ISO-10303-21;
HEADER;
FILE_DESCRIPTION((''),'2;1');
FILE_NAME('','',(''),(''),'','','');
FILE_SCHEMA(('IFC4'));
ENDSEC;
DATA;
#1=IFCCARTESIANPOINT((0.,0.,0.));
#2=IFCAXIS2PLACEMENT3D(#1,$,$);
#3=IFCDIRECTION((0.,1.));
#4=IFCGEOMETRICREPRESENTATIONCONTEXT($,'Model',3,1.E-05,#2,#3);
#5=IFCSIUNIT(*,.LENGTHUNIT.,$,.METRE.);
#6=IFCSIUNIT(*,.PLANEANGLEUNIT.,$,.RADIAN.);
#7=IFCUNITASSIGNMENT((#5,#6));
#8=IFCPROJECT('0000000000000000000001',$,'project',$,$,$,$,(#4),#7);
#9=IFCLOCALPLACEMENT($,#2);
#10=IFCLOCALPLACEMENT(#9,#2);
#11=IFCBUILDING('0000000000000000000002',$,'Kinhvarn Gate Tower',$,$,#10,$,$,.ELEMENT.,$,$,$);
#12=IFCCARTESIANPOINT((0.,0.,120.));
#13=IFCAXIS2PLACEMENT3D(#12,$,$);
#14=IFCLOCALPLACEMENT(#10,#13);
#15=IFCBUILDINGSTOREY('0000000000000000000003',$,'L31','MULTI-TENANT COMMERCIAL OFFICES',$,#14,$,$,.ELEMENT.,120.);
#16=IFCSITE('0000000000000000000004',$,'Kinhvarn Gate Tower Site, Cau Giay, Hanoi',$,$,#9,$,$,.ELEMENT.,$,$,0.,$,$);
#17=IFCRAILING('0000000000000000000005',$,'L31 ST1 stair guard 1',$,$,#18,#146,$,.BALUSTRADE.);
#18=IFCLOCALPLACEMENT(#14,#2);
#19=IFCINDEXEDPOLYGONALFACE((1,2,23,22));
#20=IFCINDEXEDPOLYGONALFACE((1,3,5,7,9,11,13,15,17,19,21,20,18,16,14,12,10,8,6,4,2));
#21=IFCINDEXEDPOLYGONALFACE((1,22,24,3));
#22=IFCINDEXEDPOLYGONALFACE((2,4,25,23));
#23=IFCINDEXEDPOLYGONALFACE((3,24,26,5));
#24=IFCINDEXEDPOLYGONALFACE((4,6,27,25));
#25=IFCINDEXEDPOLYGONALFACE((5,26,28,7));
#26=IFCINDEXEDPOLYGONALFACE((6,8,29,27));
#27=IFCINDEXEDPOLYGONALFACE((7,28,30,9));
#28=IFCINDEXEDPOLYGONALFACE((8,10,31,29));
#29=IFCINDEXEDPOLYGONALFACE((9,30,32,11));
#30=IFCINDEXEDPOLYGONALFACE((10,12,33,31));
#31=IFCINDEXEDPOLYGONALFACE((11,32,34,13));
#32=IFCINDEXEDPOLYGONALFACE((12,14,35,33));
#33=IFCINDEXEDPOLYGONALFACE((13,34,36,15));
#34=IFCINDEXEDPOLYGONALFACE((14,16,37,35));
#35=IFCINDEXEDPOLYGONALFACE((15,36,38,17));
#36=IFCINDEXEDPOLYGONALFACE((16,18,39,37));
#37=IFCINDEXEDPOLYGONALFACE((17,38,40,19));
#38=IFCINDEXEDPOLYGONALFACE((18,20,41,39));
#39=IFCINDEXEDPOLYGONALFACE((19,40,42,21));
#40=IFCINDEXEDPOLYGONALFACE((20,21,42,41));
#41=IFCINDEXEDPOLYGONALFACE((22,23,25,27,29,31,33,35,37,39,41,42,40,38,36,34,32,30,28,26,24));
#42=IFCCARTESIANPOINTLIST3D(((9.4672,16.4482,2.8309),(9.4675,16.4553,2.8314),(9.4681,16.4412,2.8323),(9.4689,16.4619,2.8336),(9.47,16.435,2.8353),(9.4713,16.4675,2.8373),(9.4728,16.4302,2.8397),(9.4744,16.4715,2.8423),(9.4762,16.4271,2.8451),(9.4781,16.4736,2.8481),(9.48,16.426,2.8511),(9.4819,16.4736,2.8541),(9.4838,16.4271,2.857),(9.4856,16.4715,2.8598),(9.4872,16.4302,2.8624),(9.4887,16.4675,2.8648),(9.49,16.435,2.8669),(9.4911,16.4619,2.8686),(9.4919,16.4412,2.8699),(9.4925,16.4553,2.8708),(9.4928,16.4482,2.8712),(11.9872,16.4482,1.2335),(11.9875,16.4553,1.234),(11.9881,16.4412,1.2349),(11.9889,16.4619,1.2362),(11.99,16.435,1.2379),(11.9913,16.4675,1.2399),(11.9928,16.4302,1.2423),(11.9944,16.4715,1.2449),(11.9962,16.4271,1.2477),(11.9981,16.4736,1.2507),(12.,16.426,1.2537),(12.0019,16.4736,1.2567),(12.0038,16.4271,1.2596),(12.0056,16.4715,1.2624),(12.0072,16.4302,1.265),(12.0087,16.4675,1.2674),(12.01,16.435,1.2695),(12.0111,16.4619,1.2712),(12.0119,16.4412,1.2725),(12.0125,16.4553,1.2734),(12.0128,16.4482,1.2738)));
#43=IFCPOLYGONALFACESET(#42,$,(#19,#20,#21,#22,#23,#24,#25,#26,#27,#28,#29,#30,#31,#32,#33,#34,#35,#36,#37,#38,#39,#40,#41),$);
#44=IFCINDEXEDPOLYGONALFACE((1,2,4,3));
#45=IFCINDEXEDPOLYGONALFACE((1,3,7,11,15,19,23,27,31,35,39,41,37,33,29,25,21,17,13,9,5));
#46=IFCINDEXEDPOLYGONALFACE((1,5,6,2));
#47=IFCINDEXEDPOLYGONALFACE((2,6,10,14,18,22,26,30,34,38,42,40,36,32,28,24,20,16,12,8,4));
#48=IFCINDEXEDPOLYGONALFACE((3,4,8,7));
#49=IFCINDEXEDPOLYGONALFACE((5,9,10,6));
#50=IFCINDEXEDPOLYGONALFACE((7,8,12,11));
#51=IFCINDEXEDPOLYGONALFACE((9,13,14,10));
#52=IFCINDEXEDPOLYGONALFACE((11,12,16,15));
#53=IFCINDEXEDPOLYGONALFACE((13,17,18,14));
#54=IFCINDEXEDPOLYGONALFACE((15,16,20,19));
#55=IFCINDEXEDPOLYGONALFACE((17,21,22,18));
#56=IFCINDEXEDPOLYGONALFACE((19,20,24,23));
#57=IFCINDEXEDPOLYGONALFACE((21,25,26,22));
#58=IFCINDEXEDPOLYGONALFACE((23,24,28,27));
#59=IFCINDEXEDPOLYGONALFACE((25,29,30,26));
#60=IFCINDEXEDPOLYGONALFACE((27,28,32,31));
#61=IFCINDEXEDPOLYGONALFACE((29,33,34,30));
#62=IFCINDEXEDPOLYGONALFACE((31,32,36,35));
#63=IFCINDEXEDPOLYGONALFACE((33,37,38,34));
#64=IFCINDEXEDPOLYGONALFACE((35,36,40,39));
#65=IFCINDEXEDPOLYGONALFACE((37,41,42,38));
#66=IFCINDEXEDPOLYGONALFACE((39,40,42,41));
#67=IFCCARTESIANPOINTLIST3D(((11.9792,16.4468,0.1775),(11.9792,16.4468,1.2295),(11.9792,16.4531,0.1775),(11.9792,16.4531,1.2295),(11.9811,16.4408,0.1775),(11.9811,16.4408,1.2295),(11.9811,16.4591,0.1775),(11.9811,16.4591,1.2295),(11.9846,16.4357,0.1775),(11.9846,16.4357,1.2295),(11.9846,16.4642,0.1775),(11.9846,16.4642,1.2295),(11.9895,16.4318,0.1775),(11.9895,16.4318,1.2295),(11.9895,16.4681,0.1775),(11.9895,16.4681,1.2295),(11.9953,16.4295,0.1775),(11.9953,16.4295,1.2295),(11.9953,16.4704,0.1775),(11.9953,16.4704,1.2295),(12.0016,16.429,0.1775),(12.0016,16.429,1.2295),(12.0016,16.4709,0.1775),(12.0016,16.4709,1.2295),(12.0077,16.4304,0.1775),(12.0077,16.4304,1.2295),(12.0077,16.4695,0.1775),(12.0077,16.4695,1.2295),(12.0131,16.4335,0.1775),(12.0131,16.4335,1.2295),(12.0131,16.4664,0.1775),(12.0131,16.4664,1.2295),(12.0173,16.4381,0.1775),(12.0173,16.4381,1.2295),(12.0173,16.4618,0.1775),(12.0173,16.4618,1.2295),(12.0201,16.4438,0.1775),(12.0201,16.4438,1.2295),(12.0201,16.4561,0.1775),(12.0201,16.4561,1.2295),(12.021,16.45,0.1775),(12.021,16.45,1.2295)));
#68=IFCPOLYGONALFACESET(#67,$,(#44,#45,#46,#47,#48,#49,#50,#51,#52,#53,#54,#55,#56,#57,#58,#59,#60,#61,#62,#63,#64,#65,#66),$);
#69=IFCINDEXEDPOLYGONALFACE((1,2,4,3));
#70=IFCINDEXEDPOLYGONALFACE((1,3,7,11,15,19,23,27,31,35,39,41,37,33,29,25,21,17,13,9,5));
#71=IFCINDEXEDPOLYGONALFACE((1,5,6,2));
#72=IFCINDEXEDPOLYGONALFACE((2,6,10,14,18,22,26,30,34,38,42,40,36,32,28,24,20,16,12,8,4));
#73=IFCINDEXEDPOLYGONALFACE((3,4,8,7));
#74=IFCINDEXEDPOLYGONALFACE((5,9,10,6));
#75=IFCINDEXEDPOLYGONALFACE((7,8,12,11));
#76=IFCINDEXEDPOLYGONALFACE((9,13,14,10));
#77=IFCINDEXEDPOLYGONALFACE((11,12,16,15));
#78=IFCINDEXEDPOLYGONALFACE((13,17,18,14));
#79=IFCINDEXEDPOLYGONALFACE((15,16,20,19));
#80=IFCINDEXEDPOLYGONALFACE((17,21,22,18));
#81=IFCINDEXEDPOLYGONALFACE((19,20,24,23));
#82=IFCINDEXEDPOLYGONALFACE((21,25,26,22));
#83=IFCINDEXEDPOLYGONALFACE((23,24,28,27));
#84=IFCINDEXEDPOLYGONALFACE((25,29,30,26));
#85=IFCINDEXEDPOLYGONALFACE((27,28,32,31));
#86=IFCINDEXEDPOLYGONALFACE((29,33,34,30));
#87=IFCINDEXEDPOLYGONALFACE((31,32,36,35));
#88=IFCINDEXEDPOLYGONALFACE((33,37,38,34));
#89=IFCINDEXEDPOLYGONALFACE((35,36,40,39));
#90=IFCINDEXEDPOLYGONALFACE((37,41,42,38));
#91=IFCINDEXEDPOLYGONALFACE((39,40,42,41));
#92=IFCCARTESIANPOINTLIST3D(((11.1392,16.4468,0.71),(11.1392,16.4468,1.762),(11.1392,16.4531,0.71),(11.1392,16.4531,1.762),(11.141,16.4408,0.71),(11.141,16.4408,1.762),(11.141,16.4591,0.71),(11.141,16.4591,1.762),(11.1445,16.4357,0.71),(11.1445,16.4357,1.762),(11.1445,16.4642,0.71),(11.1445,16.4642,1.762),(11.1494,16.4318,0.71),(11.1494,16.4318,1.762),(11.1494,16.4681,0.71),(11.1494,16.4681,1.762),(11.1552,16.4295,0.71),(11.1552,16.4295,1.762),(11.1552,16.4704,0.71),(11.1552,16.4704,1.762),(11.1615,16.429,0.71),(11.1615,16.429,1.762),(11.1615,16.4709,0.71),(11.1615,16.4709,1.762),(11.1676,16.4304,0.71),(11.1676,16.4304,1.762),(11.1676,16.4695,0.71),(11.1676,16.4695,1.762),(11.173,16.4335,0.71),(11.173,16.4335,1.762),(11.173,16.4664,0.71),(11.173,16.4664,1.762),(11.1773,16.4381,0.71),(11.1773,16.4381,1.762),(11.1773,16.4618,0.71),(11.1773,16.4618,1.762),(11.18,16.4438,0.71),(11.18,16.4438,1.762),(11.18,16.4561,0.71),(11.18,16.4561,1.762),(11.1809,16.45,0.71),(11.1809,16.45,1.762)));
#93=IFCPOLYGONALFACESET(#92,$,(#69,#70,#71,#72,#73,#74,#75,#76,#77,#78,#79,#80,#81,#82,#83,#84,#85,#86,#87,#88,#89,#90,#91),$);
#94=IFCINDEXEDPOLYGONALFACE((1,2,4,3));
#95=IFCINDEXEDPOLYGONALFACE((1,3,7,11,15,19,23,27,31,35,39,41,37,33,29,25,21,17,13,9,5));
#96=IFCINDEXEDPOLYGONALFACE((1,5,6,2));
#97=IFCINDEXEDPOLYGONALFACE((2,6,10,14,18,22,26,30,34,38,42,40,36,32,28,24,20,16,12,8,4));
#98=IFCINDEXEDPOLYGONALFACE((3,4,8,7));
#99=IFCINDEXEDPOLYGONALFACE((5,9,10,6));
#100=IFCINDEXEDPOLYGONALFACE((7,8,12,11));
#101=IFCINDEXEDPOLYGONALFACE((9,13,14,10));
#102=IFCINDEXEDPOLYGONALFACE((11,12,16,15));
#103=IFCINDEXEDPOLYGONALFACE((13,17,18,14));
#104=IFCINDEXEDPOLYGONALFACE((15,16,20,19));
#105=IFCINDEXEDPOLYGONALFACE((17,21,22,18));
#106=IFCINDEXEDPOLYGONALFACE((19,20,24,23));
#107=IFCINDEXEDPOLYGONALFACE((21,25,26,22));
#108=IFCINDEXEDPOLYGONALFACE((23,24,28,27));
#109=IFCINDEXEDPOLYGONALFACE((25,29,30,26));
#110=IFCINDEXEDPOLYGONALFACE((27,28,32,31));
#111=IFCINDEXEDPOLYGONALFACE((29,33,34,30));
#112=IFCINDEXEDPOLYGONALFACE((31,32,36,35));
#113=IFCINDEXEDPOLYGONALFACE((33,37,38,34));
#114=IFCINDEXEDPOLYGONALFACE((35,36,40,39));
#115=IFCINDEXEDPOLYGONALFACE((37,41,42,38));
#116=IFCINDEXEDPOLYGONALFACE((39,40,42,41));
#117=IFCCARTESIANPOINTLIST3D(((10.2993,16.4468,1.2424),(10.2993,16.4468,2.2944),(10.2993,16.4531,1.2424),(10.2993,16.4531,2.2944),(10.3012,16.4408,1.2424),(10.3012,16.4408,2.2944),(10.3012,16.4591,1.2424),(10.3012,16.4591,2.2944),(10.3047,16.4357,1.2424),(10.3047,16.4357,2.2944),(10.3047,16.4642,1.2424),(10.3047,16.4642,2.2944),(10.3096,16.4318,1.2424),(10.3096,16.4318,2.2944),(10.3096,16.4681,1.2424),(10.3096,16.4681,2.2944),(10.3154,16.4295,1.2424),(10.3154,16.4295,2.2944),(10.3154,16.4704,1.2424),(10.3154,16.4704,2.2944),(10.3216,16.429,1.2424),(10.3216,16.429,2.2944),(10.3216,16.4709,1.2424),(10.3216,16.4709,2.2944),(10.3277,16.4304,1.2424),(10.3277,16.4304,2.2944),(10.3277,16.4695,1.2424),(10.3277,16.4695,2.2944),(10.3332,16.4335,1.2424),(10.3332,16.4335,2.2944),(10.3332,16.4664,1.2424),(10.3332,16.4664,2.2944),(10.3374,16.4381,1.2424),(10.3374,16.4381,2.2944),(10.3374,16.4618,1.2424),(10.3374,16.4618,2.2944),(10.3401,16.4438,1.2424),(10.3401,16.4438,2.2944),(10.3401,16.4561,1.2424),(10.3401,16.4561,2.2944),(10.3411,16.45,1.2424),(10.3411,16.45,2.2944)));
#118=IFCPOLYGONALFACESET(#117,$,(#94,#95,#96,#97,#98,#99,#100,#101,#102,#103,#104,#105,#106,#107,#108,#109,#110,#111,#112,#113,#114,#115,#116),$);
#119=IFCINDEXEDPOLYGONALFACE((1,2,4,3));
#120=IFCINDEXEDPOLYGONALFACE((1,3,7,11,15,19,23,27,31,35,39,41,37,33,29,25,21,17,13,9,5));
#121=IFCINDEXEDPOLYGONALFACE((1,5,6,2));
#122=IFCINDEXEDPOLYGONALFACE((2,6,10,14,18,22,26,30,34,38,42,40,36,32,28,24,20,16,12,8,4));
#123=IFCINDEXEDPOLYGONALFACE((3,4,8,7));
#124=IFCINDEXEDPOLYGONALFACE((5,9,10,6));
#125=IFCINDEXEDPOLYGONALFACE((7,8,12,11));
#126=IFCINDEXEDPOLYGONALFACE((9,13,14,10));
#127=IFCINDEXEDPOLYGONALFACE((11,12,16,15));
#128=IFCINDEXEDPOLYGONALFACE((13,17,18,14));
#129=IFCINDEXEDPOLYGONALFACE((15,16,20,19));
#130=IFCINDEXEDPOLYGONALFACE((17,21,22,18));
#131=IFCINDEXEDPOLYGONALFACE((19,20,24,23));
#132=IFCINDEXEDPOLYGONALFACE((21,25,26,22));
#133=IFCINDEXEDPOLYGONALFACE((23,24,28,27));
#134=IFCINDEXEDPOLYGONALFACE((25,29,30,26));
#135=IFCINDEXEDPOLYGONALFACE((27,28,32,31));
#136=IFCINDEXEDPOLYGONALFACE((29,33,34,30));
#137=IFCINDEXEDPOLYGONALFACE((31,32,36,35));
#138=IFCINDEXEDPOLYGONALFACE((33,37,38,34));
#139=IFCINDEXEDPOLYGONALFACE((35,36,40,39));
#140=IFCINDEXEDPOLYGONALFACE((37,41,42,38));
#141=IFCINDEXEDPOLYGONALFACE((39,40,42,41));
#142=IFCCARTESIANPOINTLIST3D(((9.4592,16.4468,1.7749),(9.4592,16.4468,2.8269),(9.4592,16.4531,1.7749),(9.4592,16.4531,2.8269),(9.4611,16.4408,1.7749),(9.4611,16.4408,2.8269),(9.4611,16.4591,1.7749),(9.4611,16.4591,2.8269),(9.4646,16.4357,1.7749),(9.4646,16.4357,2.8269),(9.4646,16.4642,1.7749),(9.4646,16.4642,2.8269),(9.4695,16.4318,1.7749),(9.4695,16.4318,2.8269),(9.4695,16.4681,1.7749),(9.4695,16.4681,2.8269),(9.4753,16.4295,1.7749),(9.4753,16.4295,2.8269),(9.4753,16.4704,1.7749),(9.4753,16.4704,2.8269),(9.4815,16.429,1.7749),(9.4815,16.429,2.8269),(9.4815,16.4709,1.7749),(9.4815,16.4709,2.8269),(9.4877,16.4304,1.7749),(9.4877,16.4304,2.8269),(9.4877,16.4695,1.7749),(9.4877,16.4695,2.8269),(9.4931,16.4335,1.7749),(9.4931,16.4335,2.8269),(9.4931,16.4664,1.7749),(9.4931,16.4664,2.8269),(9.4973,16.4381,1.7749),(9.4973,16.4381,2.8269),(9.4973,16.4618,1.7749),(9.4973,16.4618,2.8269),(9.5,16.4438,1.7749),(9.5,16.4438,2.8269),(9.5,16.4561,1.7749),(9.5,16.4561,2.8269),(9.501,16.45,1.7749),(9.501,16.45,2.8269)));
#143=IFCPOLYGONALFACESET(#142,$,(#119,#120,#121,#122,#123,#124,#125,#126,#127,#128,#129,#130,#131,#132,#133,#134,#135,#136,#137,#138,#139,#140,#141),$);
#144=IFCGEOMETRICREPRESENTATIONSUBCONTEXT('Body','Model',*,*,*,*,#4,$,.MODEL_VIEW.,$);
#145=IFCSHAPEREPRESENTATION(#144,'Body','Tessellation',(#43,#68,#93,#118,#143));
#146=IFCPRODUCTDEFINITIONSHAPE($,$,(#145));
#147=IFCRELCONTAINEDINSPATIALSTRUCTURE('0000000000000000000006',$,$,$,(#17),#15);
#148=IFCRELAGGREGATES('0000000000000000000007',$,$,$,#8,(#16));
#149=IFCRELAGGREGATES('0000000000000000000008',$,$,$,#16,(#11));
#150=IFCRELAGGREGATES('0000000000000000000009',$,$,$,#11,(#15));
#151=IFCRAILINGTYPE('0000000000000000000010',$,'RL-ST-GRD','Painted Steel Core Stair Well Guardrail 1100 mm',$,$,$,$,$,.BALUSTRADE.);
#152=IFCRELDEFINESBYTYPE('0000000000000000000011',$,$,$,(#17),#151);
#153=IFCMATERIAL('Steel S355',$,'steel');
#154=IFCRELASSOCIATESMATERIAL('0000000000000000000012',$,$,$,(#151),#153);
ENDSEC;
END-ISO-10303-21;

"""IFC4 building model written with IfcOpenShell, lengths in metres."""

from ifc_helpers import new_model, si_unit, direction, frame, origin, origin_2d, place, context, subcontext, project, spatial, circle, extrude, material, type_object, element, save


model = new_model("IFC4")

# Units and contexts
model_context = context("Model", 3, precision=1e-05, world=origin(), true_north=direction((0.0, 1.0)))
body_context = subcontext(model_context, "Body", "Model", "MODEL_VIEW")
ifc_project = project(units=[si_unit("LENGTHUNIT", "METRE"), si_unit("PLANEANGLEUNIT", "RADIAN")], contexts=[model_context])

# Site, building, storey
site_placement = place(None, origin())
site = spatial("IfcSite", under=ifc_project, at=site_placement, Name="Kinhvarn Gate Tower Site, Cau Giay, Hanoi", CompositionType="ELEMENT", RefElevation=0.0)
building_placement = place(site_placement, origin())
building = spatial("IfcBuilding", under=site, at=building_placement, Name="Kinhvarn Gate Tower", CompositionType="ELEMENT")
storey_placement = place(building_placement, frame((0.0, 0.0, 120.0)))
storey = spatial("IfcBuildingStorey", under=building, at=storey_placement, Name="L31", Description="MULTI-TENANT COMMERCIAL OFFICES", CompositionType="ELEMENT", Elevation=120.0)

# Shared definitions
ifc_material_1 = material(Name="Steel S355", Category="steel")

# Railing
railing_type_1 = type_object("IfcRailingType", Name="RL-ST-GRD", Description="Painted Steel Core Stair Well Guardrail 1100 mm", PredefinedType="BALUSTRADE", material=ifc_material_1)
railing_1_placement = place(storey_placement, frame((12.0, 16.45, 0.1775)))
element("IfcRailing", 1, at=railing_1_placement, inside=storey, type_object=railing_type_1, Name="L31 ST1 stair guard 1", PredefinedType="BALUSTRADE", context=body_context, shape_type="SweptSolid", body=[
    extrude(circle(Radius=0.0239, at=origin_2d()), frame((0.0, 0.0, 1.0762), z_axis=(-0.844607, 0.0, 0.535387), x_axis=(0.0, -1.0, 0.0)), (0.0, 0.0, 1.0), 2.9836),
    extrude(circle(Radius=0.021, at=origin_2d()), origin(), (0.0, 0.0, 1.0), 1.052),
    extrude(circle(Radius=0.021, at=origin_2d()), frame((-0.8401, 0.0, 0.5325)), (0.0, 0.0, 1.0), 1.052),
    extrude(circle(Radius=0.021, at=origin_2d()), frame((-1.6799, 0.0, 1.0649)), (0.0, 0.0, 1.0), 1.052),
    extrude(circle(Radius=0.021, at=origin_2d()), frame((-2.52, 0.0, 1.5974)), (0.0, 0.0, 1.0), 1.052),
])

save(model, "model.ifc")
